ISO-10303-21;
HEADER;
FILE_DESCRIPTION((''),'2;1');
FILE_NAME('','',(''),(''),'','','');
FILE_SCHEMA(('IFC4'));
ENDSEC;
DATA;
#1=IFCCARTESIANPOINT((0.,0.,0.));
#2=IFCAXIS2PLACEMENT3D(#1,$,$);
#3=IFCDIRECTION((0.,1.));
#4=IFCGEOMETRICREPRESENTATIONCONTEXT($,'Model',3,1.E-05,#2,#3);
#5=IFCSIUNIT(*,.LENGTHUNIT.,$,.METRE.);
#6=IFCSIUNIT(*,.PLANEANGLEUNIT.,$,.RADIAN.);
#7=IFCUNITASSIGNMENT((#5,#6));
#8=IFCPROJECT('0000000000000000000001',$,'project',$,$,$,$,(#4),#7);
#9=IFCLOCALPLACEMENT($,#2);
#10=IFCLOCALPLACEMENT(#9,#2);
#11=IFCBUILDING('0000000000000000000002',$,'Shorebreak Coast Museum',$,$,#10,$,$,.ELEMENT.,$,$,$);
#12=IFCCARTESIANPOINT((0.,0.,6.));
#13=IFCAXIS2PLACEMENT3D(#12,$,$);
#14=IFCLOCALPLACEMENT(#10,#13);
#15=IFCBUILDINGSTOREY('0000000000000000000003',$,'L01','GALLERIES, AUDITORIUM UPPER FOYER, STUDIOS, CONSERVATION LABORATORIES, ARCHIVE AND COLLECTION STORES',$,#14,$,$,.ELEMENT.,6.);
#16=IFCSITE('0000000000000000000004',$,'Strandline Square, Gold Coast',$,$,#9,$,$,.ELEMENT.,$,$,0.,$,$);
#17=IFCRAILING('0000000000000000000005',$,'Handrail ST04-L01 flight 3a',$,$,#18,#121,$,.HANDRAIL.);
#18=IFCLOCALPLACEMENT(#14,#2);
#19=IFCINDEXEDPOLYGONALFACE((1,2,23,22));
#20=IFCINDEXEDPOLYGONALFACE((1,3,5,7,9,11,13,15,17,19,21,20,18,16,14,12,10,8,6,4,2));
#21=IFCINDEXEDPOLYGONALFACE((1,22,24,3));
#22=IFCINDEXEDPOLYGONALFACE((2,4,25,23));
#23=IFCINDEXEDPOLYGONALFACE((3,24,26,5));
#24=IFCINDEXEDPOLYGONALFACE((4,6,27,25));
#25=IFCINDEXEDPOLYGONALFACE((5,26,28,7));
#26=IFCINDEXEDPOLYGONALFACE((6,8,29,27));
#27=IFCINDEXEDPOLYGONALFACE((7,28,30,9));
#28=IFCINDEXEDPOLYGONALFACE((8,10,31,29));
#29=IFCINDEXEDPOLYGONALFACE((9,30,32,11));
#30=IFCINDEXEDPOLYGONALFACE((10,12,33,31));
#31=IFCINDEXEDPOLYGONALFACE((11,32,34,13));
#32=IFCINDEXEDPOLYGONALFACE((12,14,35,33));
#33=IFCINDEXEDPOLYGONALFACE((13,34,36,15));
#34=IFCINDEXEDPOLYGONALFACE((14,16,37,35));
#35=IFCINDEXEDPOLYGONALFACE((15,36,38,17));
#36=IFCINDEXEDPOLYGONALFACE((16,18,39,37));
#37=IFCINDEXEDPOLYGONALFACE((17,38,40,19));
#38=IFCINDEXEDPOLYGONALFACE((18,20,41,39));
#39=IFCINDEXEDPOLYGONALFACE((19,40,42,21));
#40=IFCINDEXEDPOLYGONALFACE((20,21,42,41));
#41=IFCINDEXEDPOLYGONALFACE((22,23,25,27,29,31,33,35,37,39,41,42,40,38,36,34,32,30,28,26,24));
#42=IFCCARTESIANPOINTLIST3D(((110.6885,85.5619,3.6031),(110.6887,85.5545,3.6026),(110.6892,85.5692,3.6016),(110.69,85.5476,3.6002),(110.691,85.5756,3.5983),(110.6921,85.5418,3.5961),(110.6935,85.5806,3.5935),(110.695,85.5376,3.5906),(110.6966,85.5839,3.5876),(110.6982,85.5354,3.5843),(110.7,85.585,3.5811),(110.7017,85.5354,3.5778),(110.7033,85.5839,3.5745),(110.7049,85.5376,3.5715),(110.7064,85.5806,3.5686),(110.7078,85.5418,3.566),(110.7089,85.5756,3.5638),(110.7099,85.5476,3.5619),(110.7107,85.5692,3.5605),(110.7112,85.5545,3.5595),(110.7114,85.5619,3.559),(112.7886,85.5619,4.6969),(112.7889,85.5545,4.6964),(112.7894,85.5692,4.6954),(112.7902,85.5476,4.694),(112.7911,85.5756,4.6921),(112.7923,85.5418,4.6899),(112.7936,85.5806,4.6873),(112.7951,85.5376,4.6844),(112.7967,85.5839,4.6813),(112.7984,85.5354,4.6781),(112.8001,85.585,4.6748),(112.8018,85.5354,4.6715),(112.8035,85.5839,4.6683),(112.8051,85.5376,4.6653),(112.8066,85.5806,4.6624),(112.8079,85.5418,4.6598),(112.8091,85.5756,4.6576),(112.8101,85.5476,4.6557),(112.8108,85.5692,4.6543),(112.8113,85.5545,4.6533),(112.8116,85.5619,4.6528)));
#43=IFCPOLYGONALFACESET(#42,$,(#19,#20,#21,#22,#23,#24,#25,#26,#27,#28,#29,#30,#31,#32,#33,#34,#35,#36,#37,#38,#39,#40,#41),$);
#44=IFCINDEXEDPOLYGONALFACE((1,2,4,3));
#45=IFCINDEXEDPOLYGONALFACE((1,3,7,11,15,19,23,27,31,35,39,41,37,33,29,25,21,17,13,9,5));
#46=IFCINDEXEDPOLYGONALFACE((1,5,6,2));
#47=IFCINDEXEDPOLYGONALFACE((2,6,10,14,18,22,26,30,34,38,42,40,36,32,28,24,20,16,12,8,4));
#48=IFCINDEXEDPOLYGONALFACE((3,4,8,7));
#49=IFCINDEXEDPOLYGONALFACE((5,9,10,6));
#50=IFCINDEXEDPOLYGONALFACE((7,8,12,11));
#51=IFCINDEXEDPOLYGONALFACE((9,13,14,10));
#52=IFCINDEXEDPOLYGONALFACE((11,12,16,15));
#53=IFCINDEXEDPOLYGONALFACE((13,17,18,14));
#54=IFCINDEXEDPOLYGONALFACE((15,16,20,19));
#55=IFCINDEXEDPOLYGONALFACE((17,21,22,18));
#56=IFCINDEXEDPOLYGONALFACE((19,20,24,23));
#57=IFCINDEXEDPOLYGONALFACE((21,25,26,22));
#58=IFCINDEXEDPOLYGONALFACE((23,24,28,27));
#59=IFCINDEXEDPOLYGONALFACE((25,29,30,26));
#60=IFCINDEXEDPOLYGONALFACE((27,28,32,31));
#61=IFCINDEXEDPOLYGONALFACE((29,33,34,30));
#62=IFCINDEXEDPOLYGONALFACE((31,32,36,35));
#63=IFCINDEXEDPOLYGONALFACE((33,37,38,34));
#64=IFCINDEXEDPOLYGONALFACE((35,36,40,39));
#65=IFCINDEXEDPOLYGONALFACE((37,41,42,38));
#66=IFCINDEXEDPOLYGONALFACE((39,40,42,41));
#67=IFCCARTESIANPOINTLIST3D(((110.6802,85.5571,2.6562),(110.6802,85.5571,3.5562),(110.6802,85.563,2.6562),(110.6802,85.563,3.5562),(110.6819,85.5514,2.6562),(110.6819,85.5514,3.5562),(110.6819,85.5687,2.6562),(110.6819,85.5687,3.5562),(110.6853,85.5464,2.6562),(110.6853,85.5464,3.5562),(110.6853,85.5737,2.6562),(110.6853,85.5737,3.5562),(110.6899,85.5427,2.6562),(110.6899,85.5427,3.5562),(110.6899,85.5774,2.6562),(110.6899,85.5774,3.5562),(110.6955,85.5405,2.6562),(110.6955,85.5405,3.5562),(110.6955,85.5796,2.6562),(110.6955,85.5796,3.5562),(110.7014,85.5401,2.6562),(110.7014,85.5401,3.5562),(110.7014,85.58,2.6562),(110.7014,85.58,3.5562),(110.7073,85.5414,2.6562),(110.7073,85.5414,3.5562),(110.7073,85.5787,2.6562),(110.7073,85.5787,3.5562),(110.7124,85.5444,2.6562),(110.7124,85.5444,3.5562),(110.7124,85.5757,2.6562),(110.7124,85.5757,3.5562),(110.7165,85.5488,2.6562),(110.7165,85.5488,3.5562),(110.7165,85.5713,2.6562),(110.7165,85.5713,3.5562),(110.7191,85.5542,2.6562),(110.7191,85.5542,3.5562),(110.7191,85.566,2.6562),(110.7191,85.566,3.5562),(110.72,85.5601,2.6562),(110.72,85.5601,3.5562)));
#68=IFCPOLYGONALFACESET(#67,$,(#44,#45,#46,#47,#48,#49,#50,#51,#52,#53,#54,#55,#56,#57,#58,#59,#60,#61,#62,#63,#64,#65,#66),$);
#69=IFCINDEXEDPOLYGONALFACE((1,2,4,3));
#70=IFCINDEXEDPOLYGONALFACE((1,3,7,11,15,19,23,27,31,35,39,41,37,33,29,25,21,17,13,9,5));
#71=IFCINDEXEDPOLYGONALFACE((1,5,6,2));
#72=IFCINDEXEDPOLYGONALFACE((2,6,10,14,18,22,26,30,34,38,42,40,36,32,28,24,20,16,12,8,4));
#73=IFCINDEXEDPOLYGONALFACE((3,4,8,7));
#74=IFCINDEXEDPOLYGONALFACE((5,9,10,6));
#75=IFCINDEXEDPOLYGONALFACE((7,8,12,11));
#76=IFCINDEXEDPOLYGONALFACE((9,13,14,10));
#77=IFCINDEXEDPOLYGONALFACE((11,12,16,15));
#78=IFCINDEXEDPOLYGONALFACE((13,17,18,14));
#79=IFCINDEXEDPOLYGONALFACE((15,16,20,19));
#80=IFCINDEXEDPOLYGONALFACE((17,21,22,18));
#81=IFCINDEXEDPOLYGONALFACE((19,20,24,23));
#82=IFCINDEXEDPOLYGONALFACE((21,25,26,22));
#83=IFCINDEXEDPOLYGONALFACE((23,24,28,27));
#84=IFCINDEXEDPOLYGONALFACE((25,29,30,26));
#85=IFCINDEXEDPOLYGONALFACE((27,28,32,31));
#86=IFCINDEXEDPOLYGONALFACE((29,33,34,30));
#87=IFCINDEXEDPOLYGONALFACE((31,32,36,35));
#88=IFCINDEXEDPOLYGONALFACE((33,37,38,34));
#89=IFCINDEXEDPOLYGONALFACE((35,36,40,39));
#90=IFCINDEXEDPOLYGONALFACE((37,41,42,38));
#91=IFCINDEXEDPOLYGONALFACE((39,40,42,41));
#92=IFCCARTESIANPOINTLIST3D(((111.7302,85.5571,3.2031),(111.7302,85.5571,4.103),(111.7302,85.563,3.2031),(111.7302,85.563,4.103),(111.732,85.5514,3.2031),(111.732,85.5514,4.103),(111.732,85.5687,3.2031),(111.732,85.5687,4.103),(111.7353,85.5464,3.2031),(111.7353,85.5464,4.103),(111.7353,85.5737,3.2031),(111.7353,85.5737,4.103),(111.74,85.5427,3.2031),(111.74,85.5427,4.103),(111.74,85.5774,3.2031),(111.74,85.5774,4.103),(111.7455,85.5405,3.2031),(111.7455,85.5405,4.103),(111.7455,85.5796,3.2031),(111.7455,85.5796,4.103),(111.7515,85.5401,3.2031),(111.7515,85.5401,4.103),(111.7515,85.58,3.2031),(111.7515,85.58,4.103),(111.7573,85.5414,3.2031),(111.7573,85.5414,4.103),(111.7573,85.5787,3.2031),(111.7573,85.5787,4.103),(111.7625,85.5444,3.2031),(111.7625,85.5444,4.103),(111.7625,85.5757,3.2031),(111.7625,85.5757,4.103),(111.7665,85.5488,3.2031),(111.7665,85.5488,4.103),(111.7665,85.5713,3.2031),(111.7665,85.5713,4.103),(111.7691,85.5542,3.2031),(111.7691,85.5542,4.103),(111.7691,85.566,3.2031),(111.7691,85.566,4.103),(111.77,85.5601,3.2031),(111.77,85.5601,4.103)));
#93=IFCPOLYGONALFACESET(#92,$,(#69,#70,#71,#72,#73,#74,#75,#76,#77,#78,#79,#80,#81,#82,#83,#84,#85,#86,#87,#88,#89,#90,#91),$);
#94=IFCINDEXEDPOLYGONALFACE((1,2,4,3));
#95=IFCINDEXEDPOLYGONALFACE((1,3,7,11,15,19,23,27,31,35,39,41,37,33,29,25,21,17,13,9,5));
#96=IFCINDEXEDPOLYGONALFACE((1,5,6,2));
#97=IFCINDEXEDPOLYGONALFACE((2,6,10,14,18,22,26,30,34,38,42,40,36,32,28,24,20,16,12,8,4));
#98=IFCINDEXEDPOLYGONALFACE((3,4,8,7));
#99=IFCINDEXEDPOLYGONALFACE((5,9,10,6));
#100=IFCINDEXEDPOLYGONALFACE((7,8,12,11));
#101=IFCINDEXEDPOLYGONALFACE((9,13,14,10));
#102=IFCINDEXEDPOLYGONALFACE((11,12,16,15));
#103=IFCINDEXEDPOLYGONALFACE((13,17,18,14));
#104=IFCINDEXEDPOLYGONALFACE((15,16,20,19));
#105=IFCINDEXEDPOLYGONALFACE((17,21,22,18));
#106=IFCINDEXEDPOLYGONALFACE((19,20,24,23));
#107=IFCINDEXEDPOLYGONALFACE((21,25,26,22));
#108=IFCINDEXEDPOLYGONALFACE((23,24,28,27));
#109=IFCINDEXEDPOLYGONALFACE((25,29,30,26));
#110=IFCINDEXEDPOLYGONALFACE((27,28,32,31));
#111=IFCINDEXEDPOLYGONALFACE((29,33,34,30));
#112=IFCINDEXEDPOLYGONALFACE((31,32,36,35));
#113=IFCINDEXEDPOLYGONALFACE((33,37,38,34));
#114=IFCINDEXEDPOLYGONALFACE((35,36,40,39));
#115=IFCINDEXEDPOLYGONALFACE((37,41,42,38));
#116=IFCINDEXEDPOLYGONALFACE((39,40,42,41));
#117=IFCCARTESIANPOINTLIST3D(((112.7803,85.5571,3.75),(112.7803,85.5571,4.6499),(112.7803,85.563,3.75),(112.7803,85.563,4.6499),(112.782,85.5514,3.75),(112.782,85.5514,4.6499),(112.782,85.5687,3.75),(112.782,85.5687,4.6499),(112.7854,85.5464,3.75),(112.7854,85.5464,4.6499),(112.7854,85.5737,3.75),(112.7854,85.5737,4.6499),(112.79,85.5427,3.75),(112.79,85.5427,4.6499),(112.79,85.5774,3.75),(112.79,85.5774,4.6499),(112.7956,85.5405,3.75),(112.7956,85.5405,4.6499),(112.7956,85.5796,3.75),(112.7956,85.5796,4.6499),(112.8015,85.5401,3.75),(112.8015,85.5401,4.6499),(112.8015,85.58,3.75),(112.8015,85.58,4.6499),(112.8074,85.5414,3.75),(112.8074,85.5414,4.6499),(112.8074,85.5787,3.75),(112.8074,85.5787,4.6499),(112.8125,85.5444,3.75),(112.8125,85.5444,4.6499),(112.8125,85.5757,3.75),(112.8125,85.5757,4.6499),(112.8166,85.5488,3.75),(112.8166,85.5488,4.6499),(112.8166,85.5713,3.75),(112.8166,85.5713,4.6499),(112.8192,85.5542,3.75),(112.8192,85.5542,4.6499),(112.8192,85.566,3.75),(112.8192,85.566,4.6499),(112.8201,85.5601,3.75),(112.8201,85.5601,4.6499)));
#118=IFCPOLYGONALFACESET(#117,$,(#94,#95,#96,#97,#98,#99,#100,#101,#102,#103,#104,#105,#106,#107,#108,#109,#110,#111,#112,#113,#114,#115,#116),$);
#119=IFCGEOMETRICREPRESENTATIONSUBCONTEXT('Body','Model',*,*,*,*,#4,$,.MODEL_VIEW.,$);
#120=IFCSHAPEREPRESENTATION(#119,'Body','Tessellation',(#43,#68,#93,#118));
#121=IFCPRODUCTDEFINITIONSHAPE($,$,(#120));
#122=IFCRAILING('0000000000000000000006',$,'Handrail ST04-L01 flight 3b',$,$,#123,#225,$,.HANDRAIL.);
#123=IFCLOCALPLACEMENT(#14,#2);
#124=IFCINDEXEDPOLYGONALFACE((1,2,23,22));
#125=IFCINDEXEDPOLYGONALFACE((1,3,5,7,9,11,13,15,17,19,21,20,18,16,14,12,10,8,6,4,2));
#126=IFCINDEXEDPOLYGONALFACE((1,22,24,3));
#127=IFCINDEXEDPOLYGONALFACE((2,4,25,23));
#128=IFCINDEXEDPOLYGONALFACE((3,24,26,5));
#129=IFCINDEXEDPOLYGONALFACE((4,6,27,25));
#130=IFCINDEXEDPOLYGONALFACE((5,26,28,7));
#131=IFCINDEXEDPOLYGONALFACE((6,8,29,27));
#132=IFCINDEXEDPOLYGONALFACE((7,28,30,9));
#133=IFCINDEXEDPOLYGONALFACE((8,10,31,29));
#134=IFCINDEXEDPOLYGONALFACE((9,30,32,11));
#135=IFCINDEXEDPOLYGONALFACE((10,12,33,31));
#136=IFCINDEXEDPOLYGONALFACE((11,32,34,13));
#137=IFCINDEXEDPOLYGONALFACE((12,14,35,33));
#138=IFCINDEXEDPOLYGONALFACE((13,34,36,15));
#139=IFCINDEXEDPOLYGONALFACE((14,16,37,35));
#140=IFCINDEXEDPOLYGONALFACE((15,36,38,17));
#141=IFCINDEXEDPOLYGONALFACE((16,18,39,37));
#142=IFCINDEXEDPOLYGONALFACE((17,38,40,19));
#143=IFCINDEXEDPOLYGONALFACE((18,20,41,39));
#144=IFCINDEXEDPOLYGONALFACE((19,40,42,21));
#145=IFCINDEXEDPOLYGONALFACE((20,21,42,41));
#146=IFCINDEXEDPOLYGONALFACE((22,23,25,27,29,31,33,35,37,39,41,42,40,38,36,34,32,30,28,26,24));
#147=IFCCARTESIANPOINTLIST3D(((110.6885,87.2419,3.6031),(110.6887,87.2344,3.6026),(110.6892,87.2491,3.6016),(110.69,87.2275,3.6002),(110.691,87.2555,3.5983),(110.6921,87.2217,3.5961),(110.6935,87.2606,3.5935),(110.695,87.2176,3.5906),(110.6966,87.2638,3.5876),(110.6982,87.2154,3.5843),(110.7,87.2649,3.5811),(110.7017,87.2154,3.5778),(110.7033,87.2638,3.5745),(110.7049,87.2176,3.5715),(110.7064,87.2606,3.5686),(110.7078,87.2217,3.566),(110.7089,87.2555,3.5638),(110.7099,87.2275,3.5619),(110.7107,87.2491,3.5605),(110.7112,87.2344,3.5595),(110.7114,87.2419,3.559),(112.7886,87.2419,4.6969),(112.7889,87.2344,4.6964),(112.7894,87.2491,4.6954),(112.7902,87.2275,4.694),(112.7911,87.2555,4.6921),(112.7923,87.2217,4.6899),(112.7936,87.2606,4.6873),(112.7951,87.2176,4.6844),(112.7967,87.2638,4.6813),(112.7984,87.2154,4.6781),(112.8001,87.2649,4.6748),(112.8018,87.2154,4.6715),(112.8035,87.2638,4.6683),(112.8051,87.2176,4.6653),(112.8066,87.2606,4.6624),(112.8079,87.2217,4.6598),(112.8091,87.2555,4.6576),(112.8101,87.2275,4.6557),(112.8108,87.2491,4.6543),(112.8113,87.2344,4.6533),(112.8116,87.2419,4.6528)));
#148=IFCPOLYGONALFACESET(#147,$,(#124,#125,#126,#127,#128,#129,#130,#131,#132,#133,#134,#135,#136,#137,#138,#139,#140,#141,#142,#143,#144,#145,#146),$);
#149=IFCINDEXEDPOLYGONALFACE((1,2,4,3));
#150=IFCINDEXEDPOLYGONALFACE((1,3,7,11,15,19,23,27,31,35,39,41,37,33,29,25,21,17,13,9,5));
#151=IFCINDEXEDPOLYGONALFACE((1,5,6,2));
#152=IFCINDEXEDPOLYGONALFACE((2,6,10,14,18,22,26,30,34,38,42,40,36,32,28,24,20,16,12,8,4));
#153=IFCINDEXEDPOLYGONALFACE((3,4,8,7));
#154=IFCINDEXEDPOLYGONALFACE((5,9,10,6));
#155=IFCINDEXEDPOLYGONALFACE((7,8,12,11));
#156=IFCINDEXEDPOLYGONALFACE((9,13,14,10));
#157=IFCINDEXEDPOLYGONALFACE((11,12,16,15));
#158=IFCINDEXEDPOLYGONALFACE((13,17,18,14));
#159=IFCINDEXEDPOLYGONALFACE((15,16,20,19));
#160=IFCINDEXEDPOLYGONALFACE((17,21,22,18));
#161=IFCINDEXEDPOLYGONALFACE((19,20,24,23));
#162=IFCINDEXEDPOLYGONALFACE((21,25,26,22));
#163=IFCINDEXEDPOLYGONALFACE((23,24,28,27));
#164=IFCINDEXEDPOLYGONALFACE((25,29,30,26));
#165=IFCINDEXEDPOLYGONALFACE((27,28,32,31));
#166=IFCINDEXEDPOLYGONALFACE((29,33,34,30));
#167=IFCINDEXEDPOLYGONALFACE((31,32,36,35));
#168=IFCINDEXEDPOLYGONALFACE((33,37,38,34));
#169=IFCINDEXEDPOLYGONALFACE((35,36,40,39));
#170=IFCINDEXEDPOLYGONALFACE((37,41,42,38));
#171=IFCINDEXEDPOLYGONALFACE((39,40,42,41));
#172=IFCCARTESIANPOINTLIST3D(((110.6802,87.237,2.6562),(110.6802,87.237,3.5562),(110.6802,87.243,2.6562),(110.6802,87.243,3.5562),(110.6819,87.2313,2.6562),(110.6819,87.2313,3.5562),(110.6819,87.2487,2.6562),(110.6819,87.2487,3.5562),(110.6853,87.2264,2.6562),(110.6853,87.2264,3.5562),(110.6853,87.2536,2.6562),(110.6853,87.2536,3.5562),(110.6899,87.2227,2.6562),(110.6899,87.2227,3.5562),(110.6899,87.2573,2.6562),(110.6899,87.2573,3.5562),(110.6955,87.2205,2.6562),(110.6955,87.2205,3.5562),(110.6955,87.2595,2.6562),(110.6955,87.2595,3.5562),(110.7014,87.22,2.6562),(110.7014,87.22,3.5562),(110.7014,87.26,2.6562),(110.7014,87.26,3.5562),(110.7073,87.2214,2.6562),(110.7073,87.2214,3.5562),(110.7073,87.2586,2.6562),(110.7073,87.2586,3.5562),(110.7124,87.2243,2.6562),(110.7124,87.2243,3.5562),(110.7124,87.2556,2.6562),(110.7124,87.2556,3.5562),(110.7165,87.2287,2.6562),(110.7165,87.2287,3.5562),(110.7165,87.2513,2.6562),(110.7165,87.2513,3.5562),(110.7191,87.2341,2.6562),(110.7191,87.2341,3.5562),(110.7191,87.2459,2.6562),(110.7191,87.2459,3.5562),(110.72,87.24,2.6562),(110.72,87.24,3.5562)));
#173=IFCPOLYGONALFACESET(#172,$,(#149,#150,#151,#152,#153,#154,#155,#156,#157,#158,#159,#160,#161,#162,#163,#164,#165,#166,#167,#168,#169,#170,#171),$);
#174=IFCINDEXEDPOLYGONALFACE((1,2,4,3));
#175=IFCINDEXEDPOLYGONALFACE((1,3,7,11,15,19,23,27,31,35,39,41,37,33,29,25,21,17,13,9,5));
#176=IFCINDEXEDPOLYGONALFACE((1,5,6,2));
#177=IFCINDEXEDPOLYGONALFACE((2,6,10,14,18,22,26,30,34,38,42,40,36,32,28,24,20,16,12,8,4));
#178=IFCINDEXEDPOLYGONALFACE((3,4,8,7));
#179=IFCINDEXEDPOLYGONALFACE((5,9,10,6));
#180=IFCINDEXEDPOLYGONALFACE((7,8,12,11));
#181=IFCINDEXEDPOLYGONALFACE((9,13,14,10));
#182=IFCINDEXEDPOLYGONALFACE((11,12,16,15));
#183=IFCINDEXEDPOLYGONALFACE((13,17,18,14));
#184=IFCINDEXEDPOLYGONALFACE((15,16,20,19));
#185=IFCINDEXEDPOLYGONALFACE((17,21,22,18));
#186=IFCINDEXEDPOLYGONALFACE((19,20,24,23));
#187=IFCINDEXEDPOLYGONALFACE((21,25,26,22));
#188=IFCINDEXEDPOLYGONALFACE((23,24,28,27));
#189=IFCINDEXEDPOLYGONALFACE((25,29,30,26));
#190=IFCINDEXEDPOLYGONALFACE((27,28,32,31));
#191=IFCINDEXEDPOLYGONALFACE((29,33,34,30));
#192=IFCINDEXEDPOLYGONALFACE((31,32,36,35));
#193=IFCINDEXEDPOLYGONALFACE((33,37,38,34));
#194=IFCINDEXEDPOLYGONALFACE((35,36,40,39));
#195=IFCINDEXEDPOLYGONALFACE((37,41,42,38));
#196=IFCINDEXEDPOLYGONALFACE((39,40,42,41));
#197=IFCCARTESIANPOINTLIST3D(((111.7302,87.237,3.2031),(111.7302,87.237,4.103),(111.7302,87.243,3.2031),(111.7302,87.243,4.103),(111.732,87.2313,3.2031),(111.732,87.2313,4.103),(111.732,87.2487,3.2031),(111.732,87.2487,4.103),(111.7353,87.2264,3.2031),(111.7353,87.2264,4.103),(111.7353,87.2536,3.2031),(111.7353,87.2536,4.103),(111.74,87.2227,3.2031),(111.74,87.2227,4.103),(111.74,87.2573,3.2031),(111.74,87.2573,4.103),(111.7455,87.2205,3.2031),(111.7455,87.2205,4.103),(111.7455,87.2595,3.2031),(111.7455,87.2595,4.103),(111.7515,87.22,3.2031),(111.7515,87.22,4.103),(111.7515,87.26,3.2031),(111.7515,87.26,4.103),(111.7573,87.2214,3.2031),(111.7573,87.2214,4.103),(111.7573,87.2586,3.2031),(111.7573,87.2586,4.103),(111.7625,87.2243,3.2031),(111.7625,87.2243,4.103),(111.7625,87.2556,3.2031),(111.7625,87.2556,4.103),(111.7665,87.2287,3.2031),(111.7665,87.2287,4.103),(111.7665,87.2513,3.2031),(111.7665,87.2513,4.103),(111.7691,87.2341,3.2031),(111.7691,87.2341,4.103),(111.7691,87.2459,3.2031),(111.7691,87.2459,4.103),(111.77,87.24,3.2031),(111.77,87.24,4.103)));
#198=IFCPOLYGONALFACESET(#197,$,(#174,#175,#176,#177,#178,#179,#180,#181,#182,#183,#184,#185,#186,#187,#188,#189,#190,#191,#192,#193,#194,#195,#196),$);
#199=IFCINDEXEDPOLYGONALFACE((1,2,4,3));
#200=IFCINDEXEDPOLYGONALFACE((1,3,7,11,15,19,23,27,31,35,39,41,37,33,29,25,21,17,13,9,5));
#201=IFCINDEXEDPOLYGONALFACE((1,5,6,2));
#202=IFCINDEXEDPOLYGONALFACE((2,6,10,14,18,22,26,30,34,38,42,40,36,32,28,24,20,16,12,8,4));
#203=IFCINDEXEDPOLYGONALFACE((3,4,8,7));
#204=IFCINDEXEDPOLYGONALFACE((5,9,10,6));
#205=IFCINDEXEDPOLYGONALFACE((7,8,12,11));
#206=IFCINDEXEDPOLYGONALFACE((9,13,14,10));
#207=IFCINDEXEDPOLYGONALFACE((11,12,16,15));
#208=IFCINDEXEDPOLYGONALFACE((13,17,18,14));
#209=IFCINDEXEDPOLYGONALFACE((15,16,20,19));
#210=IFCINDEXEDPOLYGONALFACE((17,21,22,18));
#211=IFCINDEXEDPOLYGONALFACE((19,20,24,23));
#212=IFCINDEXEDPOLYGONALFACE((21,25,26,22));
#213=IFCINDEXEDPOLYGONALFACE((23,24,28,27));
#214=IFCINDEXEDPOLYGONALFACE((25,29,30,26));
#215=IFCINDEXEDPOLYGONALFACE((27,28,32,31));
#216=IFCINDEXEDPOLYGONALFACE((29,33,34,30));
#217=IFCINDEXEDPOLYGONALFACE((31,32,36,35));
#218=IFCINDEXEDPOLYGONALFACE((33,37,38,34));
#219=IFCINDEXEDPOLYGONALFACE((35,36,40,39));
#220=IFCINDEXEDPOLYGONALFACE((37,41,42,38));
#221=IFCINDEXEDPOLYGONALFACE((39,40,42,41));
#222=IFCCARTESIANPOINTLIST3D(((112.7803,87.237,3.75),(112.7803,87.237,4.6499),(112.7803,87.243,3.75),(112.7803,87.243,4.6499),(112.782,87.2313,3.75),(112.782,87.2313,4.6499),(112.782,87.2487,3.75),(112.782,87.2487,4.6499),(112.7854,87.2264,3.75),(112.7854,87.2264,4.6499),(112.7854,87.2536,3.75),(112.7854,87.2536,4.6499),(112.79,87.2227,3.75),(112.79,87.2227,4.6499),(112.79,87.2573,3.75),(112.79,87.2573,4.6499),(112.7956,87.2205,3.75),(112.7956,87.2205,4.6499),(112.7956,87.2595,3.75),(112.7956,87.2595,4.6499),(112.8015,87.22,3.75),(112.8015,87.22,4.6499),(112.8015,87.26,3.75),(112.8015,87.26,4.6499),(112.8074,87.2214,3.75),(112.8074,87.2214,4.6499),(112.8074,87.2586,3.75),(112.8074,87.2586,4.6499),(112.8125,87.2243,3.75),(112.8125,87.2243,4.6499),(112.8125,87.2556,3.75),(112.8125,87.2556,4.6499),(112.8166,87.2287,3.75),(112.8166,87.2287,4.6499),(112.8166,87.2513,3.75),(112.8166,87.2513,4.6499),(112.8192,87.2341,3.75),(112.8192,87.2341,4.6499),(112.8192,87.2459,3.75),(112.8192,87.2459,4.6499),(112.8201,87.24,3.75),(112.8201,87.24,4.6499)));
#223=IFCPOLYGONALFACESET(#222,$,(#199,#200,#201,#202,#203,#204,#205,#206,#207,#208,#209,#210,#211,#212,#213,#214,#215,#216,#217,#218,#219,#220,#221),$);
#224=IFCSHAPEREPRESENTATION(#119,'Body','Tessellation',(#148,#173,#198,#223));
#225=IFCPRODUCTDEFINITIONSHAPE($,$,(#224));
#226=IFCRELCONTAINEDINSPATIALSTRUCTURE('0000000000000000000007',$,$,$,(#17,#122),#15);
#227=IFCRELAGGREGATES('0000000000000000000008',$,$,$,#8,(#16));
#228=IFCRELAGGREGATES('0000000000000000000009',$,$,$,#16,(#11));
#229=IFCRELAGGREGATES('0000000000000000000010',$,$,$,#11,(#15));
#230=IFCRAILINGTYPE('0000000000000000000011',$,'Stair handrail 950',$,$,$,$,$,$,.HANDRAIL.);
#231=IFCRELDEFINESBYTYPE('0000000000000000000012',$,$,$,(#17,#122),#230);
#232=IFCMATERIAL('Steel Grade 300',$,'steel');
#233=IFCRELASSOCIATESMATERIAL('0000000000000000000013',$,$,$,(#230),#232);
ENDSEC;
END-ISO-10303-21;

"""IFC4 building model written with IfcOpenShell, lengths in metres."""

from ifc_helpers import new_model, si_unit, direction, frame, origin, origin_2d, place, context, subcontext, project, spatial, circle, extrude, material, type_object, element, save


model = new_model("IFC4")

# Units and contexts
model_context = context("Model", 3, precision=1e-05, world=origin(), true_north=direction((0.0, 1.0)))
body_context = subcontext(model_context, "Body", "Model", "MODEL_VIEW")
ifc_project = project(units=[si_unit("LENGTHUNIT", "METRE"), si_unit("PLANEANGLEUNIT", "RADIAN")], contexts=[model_context])

# Site, building, storey
site_placement = place(None, origin())
site = spatial("IfcSite", under=ifc_project, at=site_placement, Name="Strandline Square, Gold Coast", CompositionType="ELEMENT", RefElevation=0.0)
building_placement = place(site_placement, origin())
building = spatial("IfcBuilding", under=site, at=building_placement, Name="Shorebreak Coast Museum", CompositionType="ELEMENT")
storey_placement = place(building_placement, frame((0.0, 0.0, 6.0)))
storey = spatial("IfcBuildingStorey", under=building, at=storey_placement, Name="L01", Description="GALLERIES, AUDITORIUM UPPER FOYER, STUDIOS, CONSERVATION LABORATORIES, ARCHIVE AND COLLECTION STORES", CompositionType="ELEMENT", Elevation=6.0)

# Railings
ifc_material_1 = material(Name="Steel Grade 300", Category="steel")
railing_type_1 = type_object("IfcRailingType", Name="Stair handrail 950", PredefinedType="HANDRAIL", material=ifc_material_1)
for number, where, name in (
    (1, (110.7, 85.5601, 2.6562), "Handrail ST04-L01 flight 3a"),
    (2, (110.7, 87.24, 2.6562), "Handrail ST04-L01 flight 3b"),
):
    element("IfcRailing", number, at=place(storey_placement, frame(where)), inside=storey, type_object=railing_type_1, Name=name, PredefinedType="HANDRAIL", context=body_context, shape_type="SweptSolid", body=[
        extrude(circle(Radius=0.0249, at=origin_2d()), frame((0.0, 0.0, 0.9248), z_axis=(0.886923, 0.0, 0.461918), x_axis=(0.0, 1.0, 0.0)), (0.0, 0.0, 1.0), 2.3679),
        extrude(circle(Radius=0.02, at=origin_2d()), origin(), (0.0, 0.0, 1.0), 0.8999),
        extrude(circle(Radius=0.02, at=origin_2d()), frame((1.05, 0.0, 0.5469)), (0.0, 0.0, 1.0), 0.8999),
        extrude(circle(Radius=0.02, at=origin_2d()), frame((2.1001, 0.0, 1.0938)), (0.0, 0.0, 1.0), 0.8999),
    ])

save(model, "model.ifc")
